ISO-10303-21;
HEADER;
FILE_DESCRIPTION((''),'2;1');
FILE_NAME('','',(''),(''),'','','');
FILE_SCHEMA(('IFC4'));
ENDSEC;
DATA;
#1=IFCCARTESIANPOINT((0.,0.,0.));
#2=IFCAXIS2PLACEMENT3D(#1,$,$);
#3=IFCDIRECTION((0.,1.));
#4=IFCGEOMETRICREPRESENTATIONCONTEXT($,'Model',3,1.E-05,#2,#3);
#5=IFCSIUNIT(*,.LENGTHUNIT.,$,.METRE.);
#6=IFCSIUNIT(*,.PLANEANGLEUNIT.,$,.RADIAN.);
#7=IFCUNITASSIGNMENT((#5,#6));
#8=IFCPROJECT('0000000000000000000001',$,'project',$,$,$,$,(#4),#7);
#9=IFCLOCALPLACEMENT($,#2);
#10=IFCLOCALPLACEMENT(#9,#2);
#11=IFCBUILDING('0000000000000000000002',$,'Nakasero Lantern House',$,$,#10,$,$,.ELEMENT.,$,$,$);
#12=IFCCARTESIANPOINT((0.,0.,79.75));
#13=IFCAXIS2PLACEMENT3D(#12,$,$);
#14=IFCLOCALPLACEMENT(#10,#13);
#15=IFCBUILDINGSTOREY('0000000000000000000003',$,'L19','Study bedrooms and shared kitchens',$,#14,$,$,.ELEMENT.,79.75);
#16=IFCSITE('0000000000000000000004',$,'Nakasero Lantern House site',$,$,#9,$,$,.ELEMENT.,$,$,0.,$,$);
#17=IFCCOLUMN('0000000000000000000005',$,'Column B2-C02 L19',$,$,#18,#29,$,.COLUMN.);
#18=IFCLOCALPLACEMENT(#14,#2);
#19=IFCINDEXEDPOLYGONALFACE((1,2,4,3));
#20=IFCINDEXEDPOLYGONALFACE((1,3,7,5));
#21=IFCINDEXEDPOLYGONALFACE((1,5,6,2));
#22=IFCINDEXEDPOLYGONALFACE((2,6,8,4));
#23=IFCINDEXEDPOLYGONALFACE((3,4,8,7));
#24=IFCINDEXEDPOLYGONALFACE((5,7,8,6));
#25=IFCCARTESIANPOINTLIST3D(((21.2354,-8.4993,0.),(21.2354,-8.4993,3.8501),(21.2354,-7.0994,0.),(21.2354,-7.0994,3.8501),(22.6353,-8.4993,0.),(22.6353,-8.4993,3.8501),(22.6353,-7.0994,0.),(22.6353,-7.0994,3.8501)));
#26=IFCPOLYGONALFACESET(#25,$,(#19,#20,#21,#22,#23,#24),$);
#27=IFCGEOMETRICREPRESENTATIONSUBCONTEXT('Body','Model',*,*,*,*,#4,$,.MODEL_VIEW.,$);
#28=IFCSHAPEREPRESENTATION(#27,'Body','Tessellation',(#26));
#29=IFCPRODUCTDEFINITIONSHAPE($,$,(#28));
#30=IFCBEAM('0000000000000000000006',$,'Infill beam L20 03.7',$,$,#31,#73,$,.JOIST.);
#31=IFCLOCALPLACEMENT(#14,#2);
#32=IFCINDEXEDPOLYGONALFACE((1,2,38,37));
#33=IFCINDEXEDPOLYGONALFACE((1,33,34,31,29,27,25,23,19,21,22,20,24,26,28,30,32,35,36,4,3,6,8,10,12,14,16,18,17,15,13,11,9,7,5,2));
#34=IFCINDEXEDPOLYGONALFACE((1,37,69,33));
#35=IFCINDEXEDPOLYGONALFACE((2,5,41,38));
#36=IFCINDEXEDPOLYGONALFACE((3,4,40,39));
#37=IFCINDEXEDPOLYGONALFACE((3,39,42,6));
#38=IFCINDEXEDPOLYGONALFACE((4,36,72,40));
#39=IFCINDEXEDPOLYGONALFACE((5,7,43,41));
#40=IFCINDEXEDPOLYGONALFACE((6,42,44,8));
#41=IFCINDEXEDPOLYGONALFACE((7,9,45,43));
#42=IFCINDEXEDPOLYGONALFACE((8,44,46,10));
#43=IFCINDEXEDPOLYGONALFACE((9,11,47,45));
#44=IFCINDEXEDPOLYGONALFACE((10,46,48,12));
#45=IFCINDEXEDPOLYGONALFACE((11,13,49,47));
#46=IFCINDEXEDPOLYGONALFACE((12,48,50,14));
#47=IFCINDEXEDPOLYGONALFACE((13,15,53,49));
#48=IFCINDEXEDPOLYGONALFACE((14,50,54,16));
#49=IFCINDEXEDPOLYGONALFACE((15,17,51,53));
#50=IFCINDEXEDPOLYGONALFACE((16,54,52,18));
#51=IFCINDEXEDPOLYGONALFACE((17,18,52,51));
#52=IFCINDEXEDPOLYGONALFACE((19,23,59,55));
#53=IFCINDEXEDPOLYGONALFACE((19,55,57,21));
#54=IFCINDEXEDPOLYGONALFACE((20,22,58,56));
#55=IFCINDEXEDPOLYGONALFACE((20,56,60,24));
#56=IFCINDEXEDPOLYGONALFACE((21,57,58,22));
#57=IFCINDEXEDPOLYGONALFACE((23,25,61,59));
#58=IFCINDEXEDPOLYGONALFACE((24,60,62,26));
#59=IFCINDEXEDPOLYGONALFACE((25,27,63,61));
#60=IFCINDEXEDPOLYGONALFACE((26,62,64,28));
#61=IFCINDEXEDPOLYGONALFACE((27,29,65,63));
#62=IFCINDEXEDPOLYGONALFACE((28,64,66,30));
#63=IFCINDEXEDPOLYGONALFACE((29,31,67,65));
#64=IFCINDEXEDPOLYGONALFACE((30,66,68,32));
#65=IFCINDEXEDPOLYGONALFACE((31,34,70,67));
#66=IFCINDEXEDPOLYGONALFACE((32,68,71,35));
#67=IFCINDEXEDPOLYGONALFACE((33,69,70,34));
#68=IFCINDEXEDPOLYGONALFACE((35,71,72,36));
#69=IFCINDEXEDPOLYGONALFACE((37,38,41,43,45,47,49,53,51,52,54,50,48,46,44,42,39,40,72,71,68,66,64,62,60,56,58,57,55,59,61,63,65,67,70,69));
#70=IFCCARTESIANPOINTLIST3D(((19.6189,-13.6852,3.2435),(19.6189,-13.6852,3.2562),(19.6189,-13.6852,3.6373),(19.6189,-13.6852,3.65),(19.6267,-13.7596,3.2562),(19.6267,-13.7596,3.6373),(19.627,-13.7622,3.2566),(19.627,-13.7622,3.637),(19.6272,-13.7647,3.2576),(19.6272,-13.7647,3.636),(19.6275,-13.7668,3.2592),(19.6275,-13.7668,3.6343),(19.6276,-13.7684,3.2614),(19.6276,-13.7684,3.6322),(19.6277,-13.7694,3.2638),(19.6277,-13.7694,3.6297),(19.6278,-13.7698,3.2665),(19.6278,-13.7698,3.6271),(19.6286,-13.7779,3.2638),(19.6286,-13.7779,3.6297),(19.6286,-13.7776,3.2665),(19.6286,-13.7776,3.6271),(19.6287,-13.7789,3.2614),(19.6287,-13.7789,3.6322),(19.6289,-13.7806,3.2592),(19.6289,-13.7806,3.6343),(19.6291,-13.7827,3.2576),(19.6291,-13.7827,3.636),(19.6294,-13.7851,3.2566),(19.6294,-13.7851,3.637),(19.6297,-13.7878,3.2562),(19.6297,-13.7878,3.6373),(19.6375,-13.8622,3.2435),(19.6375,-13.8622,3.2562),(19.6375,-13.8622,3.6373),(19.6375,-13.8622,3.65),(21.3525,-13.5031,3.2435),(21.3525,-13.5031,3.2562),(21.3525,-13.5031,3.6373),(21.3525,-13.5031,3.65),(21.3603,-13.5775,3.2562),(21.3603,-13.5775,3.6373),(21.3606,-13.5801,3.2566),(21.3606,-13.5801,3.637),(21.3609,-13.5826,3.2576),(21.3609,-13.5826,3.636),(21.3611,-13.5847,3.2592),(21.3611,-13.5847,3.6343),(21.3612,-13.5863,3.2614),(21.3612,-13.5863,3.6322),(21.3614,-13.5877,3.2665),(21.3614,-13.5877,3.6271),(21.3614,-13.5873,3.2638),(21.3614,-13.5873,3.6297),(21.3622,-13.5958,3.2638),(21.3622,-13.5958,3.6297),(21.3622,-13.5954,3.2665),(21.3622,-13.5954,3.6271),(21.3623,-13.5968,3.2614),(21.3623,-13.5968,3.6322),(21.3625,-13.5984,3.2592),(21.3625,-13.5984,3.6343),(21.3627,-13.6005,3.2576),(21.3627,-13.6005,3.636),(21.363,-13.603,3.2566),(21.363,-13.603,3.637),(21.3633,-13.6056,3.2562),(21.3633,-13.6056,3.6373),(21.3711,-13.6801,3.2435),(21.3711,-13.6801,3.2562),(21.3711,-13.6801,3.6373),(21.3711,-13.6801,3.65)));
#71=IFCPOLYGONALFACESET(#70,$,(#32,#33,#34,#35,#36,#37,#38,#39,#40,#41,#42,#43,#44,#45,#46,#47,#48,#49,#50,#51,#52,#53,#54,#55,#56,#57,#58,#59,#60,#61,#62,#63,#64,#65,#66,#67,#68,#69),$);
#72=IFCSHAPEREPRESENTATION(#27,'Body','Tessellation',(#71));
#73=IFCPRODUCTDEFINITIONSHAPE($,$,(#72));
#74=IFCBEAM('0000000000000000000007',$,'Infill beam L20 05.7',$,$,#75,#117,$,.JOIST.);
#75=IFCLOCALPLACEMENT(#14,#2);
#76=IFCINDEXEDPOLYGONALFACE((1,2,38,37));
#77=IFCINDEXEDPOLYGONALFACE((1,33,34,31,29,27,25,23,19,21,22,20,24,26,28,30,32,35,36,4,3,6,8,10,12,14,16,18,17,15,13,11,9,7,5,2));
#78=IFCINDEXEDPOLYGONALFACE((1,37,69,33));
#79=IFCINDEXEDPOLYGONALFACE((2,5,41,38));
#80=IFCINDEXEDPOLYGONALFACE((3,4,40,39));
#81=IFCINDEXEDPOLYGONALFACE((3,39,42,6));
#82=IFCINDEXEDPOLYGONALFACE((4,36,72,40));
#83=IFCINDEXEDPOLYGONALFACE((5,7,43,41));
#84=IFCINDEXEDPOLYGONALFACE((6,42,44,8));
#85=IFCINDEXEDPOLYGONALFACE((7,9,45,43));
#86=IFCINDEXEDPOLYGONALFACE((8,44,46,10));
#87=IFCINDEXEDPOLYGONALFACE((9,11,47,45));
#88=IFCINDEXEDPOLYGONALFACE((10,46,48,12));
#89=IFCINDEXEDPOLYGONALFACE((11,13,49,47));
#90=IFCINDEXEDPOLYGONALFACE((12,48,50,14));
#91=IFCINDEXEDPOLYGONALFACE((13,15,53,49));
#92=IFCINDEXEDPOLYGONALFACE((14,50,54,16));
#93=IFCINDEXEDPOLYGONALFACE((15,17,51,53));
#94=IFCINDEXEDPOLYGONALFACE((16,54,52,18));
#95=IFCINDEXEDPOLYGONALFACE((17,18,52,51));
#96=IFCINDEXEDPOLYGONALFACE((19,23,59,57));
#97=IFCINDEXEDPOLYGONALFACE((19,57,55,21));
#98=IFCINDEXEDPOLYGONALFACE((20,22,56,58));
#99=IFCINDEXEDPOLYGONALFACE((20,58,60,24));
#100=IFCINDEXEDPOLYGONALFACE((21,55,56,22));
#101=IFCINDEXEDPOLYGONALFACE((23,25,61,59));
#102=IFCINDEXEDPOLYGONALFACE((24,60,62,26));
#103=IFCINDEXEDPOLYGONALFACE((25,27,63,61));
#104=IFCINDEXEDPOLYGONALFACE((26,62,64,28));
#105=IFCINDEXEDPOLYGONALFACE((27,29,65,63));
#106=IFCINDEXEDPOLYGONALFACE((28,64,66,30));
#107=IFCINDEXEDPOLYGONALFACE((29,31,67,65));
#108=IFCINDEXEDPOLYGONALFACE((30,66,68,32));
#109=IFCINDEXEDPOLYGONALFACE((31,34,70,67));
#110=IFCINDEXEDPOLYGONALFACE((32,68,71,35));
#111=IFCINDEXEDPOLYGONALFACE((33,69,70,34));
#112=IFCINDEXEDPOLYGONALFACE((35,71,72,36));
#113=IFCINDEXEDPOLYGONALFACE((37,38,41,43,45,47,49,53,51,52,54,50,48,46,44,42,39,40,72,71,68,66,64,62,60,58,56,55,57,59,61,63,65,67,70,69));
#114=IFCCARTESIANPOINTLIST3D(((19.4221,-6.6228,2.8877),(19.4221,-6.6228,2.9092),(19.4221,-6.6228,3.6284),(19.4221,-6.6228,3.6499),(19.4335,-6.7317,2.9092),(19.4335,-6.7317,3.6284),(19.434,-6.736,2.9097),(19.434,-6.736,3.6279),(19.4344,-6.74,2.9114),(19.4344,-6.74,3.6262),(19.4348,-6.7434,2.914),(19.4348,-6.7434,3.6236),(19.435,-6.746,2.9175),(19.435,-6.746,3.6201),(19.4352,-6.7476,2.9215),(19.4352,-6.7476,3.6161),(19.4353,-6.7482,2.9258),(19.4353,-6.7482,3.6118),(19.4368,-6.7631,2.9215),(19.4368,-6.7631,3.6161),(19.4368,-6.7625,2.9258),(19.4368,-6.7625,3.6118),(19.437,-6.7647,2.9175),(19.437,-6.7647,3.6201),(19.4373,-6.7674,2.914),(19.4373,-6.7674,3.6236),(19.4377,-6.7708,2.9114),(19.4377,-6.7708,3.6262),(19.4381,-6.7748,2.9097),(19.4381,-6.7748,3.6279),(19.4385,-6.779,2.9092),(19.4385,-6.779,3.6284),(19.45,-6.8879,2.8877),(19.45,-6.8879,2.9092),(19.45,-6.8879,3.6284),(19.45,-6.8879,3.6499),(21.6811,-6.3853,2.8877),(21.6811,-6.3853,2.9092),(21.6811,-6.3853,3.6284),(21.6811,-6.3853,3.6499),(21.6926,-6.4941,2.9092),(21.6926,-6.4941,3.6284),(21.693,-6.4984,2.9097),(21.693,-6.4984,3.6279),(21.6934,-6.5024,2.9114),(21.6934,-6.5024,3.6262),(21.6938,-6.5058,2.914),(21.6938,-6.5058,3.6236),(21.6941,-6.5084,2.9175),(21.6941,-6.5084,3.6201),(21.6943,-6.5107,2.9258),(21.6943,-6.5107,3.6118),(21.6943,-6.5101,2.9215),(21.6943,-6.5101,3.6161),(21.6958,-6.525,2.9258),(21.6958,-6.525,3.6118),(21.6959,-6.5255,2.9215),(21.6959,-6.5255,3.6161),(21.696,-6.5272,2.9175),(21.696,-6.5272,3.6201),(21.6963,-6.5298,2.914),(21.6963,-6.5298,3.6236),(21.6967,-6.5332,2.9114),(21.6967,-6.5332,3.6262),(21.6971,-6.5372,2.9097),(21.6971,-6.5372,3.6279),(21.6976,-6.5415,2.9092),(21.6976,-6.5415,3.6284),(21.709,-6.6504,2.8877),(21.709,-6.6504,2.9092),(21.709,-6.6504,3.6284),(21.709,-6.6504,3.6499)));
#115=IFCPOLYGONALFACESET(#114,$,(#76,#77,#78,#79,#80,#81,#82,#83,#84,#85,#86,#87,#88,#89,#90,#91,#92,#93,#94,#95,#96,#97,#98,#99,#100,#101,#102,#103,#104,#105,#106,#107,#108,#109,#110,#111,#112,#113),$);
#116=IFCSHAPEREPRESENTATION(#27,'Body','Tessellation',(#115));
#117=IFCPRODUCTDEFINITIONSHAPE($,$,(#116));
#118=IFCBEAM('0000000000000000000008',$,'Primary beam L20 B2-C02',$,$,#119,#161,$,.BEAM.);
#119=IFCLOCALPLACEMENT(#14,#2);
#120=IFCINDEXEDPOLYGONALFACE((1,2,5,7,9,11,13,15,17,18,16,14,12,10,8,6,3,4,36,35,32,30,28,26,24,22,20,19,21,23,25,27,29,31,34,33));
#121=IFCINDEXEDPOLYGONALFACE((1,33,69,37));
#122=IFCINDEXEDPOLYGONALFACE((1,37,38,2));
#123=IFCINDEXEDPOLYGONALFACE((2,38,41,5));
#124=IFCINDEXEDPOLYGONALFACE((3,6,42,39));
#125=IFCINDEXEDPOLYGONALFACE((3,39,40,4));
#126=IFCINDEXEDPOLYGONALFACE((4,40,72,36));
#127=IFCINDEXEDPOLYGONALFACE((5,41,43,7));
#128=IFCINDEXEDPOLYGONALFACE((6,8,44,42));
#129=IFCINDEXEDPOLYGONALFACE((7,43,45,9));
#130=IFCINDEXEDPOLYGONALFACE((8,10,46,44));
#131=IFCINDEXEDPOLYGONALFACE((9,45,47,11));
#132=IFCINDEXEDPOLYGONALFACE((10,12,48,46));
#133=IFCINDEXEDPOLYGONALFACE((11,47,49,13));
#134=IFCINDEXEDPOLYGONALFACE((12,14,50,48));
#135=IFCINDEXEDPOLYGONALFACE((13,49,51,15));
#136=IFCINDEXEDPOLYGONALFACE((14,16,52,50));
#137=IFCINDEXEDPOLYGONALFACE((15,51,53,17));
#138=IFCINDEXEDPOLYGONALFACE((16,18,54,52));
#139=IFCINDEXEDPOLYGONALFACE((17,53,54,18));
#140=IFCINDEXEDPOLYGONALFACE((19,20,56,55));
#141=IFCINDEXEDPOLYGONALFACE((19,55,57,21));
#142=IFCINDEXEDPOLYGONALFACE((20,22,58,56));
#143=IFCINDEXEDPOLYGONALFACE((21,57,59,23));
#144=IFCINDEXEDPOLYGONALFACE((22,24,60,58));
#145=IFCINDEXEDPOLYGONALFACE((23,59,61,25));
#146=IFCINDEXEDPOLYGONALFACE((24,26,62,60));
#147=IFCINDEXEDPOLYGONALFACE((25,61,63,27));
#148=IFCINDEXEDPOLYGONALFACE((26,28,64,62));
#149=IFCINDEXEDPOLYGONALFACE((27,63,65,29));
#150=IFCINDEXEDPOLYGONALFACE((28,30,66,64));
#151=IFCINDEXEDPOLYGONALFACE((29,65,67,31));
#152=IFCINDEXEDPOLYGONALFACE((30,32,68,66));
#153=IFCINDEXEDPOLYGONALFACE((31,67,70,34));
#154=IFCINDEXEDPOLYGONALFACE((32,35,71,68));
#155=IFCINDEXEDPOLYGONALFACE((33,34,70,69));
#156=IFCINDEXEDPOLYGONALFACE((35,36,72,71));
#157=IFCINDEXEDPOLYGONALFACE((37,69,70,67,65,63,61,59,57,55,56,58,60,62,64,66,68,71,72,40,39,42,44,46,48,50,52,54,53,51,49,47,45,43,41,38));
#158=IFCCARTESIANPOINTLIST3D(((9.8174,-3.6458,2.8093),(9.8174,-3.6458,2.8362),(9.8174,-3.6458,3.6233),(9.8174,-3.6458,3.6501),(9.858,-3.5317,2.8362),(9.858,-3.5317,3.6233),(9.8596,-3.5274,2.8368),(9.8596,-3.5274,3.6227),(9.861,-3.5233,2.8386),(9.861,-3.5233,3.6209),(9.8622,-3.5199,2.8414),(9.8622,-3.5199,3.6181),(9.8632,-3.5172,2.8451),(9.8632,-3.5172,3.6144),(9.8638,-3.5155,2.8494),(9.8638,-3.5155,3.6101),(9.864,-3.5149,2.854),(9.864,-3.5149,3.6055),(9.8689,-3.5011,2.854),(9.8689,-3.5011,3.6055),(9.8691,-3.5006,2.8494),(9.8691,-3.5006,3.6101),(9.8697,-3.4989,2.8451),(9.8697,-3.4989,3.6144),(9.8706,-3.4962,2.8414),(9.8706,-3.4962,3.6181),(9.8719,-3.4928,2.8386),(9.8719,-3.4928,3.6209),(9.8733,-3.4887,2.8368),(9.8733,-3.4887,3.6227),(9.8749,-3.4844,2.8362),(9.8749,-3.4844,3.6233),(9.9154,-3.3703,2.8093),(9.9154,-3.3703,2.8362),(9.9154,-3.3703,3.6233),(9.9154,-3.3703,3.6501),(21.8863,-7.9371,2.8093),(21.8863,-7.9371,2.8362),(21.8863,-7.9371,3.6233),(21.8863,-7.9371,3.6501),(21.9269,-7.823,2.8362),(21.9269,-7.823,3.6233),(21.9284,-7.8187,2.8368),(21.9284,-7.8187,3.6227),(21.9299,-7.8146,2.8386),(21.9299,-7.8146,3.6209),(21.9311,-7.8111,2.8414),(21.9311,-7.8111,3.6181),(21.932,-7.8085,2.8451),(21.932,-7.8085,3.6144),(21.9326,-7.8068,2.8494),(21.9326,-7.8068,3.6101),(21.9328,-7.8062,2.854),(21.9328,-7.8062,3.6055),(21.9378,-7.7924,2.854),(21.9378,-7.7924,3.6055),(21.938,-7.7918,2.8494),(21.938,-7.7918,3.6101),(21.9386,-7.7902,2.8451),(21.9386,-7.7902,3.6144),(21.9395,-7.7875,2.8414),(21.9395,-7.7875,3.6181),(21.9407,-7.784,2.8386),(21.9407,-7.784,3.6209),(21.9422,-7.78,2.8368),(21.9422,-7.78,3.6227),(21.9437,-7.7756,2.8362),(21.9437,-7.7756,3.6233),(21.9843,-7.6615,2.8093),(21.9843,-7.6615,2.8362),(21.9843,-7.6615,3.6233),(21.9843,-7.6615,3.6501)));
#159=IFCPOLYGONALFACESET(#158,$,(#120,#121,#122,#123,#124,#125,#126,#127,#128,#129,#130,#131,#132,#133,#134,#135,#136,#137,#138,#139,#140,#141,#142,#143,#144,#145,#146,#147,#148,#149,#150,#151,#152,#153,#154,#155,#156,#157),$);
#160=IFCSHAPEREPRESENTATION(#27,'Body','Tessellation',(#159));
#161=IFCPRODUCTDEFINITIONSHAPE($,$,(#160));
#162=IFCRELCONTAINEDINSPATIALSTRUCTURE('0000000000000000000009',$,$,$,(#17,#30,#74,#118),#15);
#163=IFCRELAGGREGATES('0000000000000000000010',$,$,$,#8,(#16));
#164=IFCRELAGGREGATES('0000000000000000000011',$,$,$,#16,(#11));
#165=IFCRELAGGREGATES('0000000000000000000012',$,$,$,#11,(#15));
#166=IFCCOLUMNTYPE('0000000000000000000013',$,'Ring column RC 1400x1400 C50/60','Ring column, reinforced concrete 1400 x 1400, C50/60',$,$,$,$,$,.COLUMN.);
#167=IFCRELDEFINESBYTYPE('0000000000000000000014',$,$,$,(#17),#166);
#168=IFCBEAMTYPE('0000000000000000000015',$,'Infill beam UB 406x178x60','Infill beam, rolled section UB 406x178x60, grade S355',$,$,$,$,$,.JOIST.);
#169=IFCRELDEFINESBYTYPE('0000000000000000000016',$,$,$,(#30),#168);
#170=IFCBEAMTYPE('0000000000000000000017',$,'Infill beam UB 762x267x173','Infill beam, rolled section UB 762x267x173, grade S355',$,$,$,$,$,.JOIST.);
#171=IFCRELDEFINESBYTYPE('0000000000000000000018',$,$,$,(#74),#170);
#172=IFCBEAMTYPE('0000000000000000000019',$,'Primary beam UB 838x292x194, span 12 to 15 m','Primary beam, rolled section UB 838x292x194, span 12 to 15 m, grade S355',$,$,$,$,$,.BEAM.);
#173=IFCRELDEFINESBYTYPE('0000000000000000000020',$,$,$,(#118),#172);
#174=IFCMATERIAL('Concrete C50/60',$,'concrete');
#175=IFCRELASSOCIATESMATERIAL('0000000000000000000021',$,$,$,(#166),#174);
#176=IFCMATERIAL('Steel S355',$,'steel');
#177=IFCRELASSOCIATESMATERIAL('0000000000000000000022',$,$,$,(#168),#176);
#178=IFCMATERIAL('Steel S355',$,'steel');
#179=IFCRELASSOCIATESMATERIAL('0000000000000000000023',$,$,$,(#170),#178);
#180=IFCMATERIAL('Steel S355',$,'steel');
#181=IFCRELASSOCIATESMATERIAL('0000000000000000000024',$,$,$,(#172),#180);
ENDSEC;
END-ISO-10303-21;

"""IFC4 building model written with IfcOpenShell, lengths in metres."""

from ifc_helpers import new_model, si_unit, direction, frame, origin, origin_2d, place, context, subcontext, project, spatial, rectangle, i_section, extrude, material, material_profile, profile_set, type_object, element, save


model = new_model("IFC4")

# Units and contexts
model_context = context("Model", 3, precision=1e-05, world=origin(), true_north=direction((0.0, 1.0)))
body_context = subcontext(model_context, "Body", "Model", "MODEL_VIEW")
ifc_project = project(units=[si_unit("LENGTHUNIT", "METRE"), si_unit("PLANEANGLEUNIT", "RADIAN")], contexts=[model_context])

# Site, building, storey
site_placement = place(None, origin())
site = spatial("IfcSite", under=ifc_project, at=site_placement, Name="Nakasero Lantern House site", CompositionType="ELEMENT", RefElevation=0.0)
building_placement = place(site_placement, origin())
building = spatial("IfcBuilding", under=site, at=building_placement, Name="Nakasero Lantern House", CompositionType="ELEMENT")
storey_placement = place(building_placement, frame((0.0, 0.0, 79.75)))
storey = spatial("IfcBuildingStorey", under=building, at=storey_placement, Name="L19", Description="Study bedrooms and shared kitchens", CompositionType="ELEMENT", Elevation=79.75)

# Column
ifc_material_1 = material(Name="Concrete C50/60", Category="concrete")
ifc_material_profile_1 = material_profile(ifc_material_1, rectangle(XDim=1.3999, YDim=1.3999, at=origin_2d()), Name="RC 1400x1400")
ifc_profile_set_1 = profile_set([ifc_material_profile_1], Name="Concrete C50/60")
column_type = type_object("IfcColumnType", Name="Ring column RC 1400x1400 C50/60", Description="Ring column, reinforced concrete 1400 x 1400, C50/60", PredefinedType="COLUMN", material=ifc_profile_set_1)
column_placement = place(storey_placement, frame((21.9353, -7.7993, 0.0), z_axis=(0.0, 0.0, 1.0), x_axis=(1.0, 0.0, 0.0)))
element("IfcColumn", 1, at=column_placement, inside=storey, type_object=column_type, Name="Column B2-C02 L19", PredefinedType="COLUMN", context=body_context, shape_type="SweptSolid", body=[
    extrude(rectangle(XDim=1.3999, YDim=1.3999, at=origin_2d()), origin(), (0.0, 0.0, 1.0), 3.8501),
])

# Beams
ifc_material_2 = material(Name="Steel S355", Category="steel")
ifc_material_profile_2 = material_profile(ifc_material_2, i_section(OverallWidth=0.178, OverallDepth=0.4065, WebThickness=0.0078, FlangeThickness=0.0127, FilletRadius=0.0103, at=origin_2d()), Name="UB 406x178x60")
ifc_profile_set_2 = profile_set([ifc_material_profile_2], Name="Steel S355")
beam_type_1 = type_object("IfcBeamType", Name="Infill beam UB 406x178x60", Description="Infill beam, rolled section UB 406x178x60, grade S355", PredefinedType="JOIST", material=ifc_profile_set_2)
beam_1_placement = place(storey_placement, frame((19.6282, -13.7737, 3.4468), z_axis=(0.994527, 0.104481, 0.0), x_axis=(-0.104481, 0.994527, 0.0)))
element("IfcBeam", 2, at=beam_1_placement, inside=storey, type_object=beam_type_1, Name="Infill beam L20 03.7", PredefinedType="JOIST", context=body_context, shape_type="SweptSolid", body=[
    extrude(i_section(OverallWidth=0.178, OverallDepth=0.4065, WebThickness=0.0078, FlangeThickness=0.0127, FilletRadius=0.0103, at=origin_2d()), origin(), (0.0, 0.0, 1.0), 1.7432),
])
ifc_material_3 = material(Name="Steel S355", Category="steel")
ifc_material_profile_3 = material_profile(ifc_material_3, i_section(OverallWidth=0.2666, OverallDepth=0.7622, WebThickness=0.0144, FlangeThickness=0.0215, FilletRadius=0.0166, at=origin_2d()), Name="UB 762x267x173")
ifc_profile_set_3 = profile_set([ifc_material_profile_3], Name="Steel S355")
beam_type_2 = type_object("IfcBeamType", Name="Infill beam UB 762x267x173", Description="Infill beam, rolled section UB 762x267x173, grade S355", PredefinedType="JOIST", material=ifc_profile_set_3)
beam_2_placement = place(storey_placement, frame((19.436, -6.7554, 3.2688), z_axis=(0.994517, 0.104578, 0.0), x_axis=(-0.104578, 0.994517, 0.0)))
element("IfcBeam", 3, at=beam_2_placement, inside=storey, type_object=beam_type_2, Name="Infill beam L20 05.7", PredefinedType="JOIST", context=body_context, shape_type="SweptSolid", body=[
    extrude(i_section(OverallWidth=0.2666, OverallDepth=0.7622, WebThickness=0.0144, FlangeThickness=0.0215, FilletRadius=0.0166, at=origin_2d()), origin(), (0.0, 0.0, 1.0), 2.2715),
])
ifc_material_4 = material(Name="Steel S355", Category="steel")
ifc_material_profile_4 = material_profile(ifc_material_4, i_section(OverallWidth=0.2925, OverallDepth=0.8408, WebThickness=0.0146, FlangeThickness=0.0269, FilletRadius=0.0178, at=origin_2d()), Name="UB 838x292x194")
ifc_profile_set_4 = profile_set([ifc_material_profile_4], Name="Steel S355")
beam_type_3 = type_object("IfcBeamType", Name="Primary beam UB 838x292x194, span 12 to 15 m", Description="Primary beam, rolled section UB 838x292x194, span 12 to 15 m, grade S355", PredefinedType="BEAM", material=ifc_profile_set_4)
beam_3_placement = place(storey_placement, frame((21.9353, -7.7993, 3.2297), z_axis=(-0.942212, 0.335018, 0.0), x_axis=(-0.335018, -0.942212, 0.0)))
element("IfcBeam", 4, at=beam_3_placement, inside=storey, type_object=beam_type_3, Name="Primary beam L20 B2-C02", PredefinedType="BEAM", context=body_context, shape_type="SweptSolid", body=[
    extrude(i_section(OverallWidth=0.2925, OverallDepth=0.8408, WebThickness=0.0146, FlangeThickness=0.0269, FilletRadius=0.0178, at=origin_2d()), origin(), (0.0, 0.0, 1.0), 12.8091),
])

save(model, "model.ifc")
